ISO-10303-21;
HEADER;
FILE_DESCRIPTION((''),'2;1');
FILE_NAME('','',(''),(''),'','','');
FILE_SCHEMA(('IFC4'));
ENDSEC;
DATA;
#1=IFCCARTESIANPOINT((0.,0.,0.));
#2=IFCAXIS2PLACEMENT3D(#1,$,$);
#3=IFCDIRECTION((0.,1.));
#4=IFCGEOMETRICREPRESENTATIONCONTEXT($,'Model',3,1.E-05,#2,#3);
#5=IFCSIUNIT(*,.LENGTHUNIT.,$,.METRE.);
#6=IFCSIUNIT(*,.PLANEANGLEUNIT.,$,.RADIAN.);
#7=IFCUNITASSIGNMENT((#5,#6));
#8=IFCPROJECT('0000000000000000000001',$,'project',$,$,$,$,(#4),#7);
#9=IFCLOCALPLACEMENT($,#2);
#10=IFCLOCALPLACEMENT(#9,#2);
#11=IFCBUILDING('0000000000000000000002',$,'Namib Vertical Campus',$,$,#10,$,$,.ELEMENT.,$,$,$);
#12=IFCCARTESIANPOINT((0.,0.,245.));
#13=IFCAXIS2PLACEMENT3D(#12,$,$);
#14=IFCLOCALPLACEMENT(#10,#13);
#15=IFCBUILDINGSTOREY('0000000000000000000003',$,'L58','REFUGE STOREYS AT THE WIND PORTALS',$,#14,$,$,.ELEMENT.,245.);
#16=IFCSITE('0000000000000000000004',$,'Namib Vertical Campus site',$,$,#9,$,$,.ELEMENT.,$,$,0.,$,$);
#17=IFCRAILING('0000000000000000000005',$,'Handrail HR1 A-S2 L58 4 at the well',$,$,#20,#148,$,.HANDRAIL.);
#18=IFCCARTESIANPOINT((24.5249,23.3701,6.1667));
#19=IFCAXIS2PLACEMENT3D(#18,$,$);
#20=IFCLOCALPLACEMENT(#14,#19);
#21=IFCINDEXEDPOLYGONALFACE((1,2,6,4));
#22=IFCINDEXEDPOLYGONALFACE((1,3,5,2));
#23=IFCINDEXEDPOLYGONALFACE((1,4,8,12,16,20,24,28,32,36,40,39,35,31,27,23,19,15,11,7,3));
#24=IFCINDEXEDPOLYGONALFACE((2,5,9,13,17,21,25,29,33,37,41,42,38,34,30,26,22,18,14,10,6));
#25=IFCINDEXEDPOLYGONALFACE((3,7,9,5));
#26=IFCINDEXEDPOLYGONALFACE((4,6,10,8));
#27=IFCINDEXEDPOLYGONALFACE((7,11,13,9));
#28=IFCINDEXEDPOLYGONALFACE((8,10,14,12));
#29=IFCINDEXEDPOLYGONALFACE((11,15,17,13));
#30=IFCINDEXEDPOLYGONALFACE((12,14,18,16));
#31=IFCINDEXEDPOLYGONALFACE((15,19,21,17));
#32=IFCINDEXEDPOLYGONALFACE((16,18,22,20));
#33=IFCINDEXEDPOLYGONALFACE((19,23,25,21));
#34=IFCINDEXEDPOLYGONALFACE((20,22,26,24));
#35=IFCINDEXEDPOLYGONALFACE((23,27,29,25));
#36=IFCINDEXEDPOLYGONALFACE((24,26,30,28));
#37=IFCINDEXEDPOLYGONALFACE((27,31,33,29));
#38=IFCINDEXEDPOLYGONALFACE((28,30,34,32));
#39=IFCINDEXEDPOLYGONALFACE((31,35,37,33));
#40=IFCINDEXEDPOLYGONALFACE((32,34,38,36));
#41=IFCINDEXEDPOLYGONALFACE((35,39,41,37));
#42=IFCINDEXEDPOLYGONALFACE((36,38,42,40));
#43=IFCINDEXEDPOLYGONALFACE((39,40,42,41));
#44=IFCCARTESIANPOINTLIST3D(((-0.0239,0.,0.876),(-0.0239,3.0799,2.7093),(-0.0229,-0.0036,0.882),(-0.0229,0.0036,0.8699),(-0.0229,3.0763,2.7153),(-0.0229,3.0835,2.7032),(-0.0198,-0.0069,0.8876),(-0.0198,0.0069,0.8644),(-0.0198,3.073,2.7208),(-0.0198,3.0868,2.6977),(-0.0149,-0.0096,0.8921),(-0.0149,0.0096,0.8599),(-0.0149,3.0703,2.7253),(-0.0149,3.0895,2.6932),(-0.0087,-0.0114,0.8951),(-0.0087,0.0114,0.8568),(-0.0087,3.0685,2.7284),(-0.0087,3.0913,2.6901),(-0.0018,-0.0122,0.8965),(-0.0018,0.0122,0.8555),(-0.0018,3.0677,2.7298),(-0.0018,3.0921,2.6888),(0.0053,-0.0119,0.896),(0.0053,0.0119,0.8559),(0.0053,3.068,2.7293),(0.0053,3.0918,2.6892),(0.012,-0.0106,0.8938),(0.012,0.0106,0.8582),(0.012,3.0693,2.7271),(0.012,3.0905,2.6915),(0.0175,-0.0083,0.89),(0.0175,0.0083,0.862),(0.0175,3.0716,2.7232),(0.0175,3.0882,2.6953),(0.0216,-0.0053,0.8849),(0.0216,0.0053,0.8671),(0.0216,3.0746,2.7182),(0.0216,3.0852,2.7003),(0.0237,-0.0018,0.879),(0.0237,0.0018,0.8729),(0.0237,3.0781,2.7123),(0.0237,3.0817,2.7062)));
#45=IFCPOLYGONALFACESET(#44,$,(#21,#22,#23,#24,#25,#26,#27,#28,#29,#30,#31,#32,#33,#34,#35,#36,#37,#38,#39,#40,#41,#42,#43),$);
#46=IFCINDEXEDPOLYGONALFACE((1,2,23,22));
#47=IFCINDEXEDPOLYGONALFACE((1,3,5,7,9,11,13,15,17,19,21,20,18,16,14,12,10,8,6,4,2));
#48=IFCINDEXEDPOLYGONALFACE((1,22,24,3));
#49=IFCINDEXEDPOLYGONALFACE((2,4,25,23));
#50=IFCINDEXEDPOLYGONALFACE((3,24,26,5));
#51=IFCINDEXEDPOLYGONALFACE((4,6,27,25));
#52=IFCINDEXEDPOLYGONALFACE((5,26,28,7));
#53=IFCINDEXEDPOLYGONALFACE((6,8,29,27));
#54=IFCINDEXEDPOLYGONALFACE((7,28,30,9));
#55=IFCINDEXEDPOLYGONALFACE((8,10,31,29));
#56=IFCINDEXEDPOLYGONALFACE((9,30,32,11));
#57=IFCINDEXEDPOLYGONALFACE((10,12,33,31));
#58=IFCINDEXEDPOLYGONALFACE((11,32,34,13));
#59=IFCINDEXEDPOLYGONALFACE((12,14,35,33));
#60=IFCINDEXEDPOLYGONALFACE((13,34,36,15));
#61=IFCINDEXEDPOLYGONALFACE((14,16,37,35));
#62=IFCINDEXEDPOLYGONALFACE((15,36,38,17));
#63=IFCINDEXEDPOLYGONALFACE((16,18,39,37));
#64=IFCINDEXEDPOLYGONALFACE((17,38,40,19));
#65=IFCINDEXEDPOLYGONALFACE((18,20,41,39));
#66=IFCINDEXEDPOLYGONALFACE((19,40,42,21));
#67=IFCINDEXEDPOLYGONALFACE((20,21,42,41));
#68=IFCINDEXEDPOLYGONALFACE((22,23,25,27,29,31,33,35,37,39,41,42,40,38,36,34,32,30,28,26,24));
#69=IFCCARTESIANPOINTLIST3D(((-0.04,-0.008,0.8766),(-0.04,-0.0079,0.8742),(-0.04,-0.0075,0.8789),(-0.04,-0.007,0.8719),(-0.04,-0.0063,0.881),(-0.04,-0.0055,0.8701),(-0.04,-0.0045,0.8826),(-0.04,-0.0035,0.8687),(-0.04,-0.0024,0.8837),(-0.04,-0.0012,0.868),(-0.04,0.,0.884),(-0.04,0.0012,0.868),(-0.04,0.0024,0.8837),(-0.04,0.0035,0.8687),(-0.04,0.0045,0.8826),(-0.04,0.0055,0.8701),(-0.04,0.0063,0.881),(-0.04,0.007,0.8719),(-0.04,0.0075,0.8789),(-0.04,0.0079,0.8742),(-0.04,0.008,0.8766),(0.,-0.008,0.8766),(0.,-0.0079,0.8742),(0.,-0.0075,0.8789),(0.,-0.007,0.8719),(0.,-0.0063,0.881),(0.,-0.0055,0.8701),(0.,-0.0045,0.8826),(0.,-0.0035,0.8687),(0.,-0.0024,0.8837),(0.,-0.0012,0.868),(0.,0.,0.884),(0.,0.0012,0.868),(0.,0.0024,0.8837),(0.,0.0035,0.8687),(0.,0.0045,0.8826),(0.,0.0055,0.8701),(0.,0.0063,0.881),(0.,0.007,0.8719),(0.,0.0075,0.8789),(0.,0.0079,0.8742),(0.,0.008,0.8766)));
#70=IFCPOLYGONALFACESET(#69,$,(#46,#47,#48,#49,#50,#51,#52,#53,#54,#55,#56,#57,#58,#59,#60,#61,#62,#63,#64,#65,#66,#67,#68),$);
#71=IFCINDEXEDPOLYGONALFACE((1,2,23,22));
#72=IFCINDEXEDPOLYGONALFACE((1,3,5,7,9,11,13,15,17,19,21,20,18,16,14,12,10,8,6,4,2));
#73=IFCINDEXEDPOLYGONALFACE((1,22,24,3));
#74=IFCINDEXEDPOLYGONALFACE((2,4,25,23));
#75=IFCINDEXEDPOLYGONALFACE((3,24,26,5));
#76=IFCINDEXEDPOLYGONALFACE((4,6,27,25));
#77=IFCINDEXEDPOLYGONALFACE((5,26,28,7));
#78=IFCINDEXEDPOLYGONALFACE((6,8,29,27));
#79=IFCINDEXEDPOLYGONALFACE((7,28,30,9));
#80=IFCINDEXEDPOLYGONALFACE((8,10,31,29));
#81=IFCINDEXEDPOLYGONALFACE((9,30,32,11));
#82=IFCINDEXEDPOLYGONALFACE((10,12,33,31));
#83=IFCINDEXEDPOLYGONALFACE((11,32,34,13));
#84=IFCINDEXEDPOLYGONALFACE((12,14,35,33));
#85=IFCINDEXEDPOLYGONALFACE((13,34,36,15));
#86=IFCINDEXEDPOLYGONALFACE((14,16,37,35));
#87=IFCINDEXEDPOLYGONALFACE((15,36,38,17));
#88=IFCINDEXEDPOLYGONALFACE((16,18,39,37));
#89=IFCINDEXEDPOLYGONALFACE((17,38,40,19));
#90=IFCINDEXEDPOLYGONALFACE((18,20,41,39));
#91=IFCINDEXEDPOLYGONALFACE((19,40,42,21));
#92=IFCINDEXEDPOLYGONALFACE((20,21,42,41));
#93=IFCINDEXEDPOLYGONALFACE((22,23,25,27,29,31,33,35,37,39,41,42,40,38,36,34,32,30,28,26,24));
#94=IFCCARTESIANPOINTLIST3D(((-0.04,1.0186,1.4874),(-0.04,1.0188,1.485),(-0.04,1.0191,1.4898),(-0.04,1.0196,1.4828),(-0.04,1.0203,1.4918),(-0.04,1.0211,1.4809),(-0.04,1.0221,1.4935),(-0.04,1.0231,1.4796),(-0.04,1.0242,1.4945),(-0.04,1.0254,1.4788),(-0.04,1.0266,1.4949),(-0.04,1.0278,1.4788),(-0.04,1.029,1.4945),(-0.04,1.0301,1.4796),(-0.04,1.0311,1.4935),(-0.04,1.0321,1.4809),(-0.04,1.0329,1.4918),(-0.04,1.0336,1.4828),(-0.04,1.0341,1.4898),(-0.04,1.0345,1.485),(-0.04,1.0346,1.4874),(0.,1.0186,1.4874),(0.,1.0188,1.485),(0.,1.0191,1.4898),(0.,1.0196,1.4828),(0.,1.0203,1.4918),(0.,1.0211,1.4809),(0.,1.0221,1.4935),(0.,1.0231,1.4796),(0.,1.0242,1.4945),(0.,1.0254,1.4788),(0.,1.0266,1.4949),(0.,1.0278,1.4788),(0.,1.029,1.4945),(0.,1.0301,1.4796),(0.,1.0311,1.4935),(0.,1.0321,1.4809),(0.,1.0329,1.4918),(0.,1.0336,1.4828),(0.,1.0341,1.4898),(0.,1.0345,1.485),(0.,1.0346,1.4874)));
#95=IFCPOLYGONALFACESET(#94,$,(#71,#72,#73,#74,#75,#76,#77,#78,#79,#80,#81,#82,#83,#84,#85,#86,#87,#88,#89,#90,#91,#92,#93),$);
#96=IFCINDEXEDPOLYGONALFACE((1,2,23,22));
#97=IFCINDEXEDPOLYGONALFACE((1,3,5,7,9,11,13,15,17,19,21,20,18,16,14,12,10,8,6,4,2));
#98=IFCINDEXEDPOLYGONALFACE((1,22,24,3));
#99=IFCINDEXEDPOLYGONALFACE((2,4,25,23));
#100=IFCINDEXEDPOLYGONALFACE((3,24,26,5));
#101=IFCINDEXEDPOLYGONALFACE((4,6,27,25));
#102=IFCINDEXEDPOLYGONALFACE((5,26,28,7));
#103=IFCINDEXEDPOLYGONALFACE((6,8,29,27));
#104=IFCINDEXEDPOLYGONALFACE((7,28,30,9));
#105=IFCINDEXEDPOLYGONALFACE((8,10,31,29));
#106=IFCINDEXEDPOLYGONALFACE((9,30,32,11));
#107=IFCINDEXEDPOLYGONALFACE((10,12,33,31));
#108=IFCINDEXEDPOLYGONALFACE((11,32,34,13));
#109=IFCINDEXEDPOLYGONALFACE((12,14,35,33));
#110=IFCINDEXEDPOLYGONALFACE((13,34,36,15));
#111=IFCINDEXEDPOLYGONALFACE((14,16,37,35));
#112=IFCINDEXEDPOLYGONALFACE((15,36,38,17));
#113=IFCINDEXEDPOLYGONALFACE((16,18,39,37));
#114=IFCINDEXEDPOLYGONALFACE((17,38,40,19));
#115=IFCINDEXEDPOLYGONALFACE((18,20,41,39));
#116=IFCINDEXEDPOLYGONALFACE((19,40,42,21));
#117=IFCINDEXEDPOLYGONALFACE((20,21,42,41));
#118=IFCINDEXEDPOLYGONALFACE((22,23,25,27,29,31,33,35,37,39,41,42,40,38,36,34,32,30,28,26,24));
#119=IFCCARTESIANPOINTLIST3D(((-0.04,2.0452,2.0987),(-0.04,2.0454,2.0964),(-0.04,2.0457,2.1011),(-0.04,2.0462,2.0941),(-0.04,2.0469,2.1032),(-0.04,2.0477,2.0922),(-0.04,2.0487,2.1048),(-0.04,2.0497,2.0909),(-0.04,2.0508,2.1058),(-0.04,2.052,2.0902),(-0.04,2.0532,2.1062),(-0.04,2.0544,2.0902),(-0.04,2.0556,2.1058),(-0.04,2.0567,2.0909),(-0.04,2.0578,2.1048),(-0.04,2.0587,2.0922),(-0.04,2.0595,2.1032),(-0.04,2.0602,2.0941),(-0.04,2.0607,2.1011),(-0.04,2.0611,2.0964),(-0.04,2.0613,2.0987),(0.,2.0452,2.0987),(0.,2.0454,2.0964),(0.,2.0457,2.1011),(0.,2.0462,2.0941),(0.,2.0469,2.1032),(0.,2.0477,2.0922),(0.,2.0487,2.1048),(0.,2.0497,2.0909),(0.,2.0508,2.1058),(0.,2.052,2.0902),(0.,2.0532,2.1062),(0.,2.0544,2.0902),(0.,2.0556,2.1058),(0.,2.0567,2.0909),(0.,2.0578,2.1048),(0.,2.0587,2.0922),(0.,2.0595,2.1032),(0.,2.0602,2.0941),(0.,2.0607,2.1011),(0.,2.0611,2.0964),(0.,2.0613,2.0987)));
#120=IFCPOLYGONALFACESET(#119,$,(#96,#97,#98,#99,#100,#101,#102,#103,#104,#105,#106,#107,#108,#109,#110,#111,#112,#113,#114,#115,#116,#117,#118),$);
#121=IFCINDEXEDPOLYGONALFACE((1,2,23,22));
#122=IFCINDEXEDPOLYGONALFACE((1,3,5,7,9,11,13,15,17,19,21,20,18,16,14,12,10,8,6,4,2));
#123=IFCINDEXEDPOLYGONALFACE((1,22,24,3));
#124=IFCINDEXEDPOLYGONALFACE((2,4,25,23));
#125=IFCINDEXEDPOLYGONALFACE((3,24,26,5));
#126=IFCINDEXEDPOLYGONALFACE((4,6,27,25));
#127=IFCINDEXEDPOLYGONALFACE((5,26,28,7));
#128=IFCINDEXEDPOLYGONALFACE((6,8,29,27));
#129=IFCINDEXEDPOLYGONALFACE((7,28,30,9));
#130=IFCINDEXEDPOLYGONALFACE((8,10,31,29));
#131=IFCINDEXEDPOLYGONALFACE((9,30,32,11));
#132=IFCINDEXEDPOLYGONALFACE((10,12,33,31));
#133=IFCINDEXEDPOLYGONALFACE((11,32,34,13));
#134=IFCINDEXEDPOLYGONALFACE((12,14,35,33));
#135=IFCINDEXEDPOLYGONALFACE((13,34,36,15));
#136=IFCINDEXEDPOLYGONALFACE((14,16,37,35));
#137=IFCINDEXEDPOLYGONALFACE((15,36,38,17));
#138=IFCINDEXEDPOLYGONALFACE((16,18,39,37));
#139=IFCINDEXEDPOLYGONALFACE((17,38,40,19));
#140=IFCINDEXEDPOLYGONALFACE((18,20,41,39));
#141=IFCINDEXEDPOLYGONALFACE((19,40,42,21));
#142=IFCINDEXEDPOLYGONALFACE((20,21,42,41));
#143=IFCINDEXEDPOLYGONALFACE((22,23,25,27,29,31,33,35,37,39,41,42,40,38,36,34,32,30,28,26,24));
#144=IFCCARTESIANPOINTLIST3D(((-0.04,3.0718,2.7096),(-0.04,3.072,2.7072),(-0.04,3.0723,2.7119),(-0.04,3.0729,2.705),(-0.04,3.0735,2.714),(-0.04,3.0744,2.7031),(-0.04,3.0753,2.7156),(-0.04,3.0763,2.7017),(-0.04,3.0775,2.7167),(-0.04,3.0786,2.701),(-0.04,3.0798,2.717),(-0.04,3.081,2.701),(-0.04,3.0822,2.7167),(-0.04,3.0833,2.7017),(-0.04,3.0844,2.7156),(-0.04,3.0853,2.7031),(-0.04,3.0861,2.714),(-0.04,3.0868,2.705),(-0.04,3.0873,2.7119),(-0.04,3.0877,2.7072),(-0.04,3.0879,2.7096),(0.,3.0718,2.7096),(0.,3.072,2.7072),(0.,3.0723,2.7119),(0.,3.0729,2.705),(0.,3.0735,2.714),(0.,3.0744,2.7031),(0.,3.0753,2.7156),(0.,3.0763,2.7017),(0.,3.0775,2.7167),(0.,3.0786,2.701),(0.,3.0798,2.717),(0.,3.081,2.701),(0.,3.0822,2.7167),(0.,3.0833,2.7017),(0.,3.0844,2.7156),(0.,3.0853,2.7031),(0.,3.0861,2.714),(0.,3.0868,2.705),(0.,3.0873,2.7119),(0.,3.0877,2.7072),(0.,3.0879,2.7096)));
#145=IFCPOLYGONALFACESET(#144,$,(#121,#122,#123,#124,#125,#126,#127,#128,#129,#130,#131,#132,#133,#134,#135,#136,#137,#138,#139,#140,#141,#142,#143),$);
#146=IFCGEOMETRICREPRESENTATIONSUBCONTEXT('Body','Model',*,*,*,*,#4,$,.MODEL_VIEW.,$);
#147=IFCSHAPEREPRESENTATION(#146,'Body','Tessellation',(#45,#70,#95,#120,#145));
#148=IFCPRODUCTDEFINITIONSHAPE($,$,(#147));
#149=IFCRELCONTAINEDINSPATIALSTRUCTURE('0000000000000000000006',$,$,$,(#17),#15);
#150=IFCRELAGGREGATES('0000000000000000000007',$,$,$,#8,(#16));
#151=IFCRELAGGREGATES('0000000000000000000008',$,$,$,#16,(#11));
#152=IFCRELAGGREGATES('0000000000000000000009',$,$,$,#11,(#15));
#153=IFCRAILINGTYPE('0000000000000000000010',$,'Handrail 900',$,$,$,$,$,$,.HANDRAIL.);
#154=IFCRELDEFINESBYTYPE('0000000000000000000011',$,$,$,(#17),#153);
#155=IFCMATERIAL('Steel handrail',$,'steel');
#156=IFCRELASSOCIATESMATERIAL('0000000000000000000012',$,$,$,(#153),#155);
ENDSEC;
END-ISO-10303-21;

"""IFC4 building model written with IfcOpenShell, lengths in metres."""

from ifc_helpers import new_model, si_unit, direction, frame, origin, origin_2d, place, context, subcontext, project, spatial, circle, extrude, material, type_object, element, save


model = new_model("IFC4")

# Units and contexts
model_context = context("Model", 3, precision=1e-05, world=origin(), true_north=direction((0.0, 1.0)))
body_context = subcontext(model_context, "Body", "Model", "MODEL_VIEW")
ifc_project = project(units=[si_unit("LENGTHUNIT", "METRE"), si_unit("PLANEANGLEUNIT", "RADIAN")], contexts=[model_context])

# Site, building, storey
site_placement = place(None, origin())
site = spatial("IfcSite", under=ifc_project, at=site_placement, Name="Namib Vertical Campus site", CompositionType="ELEMENT", RefElevation=0.0)
building_placement = place(site_placement, origin())
building = spatial("IfcBuilding", under=site, at=building_placement, Name="Namib Vertical Campus", CompositionType="ELEMENT")
storey_placement = place(building_placement, frame((0.0, 0.0, 245.0)))
storey = spatial("IfcBuildingStorey", under=building, at=storey_placement, Name="L58", Description="REFUGE STOREYS AT THE WIND PORTALS", CompositionType="ELEMENT", Elevation=245.0)

# Railing
ifc_material_1 = material(Name="Steel handrail", Category="steel")
railing_type_1 = type_object("IfcRailingType", Name="Handrail 900", PredefinedType="HANDRAIL", material=ifc_material_1)
railing_1_placement = place(storey_placement, frame((24.5249, 23.3701, 6.1667)))
element("IfcRailing", 1, at=railing_1_placement, inside=storey, type_object=railing_type_1, Name="Handrail HR1 A-S2 L58 4 at the well", PredefinedType="HANDRAIL", context=body_context, shape_type="SweptSolid", body=[
    extrude(circle(Radius=0.0239, at=origin_2d()), frame((0.0, 0.0, 0.876), z_axis=(0.0, 0.859291, 0.511487), x_axis=(-1.0, 0.0, 0.0)), (0.0, 0.0, 1.0), 3.5842),
    extrude(circle(Radius=0.0081, at=origin_2d()), frame((0.0, 0.0, 0.876), z_axis=(-1.0, 0.0, 0.0), x_axis=(0.0, 0.0, 1.0)), (0.0, 0.0, 1.0), 0.04),
    extrude(circle(Radius=0.0081, at=origin_2d()), frame((0.0, 1.0266, 1.4868), z_axis=(-1.0, 0.0, 0.0), x_axis=(0.0, 0.0, 1.0)), (0.0, 0.0, 1.0), 0.04),
    extrude(circle(Radius=0.0081, at=origin_2d()), frame((0.0, 2.0532, 2.0981), z_axis=(-1.0, 0.0, 0.0), x_axis=(0.0, 0.0, 1.0)), (0.0, 0.0, 1.0), 0.04),
    extrude(circle(Radius=0.0081, at=origin_2d()), frame((0.0, 3.0798, 2.709), z_axis=(-1.0, 0.0, 0.0), x_axis=(0.0, 0.0, 1.0)), (0.0, 0.0, 1.0), 0.04),
])

save(model, "model.ifc")
